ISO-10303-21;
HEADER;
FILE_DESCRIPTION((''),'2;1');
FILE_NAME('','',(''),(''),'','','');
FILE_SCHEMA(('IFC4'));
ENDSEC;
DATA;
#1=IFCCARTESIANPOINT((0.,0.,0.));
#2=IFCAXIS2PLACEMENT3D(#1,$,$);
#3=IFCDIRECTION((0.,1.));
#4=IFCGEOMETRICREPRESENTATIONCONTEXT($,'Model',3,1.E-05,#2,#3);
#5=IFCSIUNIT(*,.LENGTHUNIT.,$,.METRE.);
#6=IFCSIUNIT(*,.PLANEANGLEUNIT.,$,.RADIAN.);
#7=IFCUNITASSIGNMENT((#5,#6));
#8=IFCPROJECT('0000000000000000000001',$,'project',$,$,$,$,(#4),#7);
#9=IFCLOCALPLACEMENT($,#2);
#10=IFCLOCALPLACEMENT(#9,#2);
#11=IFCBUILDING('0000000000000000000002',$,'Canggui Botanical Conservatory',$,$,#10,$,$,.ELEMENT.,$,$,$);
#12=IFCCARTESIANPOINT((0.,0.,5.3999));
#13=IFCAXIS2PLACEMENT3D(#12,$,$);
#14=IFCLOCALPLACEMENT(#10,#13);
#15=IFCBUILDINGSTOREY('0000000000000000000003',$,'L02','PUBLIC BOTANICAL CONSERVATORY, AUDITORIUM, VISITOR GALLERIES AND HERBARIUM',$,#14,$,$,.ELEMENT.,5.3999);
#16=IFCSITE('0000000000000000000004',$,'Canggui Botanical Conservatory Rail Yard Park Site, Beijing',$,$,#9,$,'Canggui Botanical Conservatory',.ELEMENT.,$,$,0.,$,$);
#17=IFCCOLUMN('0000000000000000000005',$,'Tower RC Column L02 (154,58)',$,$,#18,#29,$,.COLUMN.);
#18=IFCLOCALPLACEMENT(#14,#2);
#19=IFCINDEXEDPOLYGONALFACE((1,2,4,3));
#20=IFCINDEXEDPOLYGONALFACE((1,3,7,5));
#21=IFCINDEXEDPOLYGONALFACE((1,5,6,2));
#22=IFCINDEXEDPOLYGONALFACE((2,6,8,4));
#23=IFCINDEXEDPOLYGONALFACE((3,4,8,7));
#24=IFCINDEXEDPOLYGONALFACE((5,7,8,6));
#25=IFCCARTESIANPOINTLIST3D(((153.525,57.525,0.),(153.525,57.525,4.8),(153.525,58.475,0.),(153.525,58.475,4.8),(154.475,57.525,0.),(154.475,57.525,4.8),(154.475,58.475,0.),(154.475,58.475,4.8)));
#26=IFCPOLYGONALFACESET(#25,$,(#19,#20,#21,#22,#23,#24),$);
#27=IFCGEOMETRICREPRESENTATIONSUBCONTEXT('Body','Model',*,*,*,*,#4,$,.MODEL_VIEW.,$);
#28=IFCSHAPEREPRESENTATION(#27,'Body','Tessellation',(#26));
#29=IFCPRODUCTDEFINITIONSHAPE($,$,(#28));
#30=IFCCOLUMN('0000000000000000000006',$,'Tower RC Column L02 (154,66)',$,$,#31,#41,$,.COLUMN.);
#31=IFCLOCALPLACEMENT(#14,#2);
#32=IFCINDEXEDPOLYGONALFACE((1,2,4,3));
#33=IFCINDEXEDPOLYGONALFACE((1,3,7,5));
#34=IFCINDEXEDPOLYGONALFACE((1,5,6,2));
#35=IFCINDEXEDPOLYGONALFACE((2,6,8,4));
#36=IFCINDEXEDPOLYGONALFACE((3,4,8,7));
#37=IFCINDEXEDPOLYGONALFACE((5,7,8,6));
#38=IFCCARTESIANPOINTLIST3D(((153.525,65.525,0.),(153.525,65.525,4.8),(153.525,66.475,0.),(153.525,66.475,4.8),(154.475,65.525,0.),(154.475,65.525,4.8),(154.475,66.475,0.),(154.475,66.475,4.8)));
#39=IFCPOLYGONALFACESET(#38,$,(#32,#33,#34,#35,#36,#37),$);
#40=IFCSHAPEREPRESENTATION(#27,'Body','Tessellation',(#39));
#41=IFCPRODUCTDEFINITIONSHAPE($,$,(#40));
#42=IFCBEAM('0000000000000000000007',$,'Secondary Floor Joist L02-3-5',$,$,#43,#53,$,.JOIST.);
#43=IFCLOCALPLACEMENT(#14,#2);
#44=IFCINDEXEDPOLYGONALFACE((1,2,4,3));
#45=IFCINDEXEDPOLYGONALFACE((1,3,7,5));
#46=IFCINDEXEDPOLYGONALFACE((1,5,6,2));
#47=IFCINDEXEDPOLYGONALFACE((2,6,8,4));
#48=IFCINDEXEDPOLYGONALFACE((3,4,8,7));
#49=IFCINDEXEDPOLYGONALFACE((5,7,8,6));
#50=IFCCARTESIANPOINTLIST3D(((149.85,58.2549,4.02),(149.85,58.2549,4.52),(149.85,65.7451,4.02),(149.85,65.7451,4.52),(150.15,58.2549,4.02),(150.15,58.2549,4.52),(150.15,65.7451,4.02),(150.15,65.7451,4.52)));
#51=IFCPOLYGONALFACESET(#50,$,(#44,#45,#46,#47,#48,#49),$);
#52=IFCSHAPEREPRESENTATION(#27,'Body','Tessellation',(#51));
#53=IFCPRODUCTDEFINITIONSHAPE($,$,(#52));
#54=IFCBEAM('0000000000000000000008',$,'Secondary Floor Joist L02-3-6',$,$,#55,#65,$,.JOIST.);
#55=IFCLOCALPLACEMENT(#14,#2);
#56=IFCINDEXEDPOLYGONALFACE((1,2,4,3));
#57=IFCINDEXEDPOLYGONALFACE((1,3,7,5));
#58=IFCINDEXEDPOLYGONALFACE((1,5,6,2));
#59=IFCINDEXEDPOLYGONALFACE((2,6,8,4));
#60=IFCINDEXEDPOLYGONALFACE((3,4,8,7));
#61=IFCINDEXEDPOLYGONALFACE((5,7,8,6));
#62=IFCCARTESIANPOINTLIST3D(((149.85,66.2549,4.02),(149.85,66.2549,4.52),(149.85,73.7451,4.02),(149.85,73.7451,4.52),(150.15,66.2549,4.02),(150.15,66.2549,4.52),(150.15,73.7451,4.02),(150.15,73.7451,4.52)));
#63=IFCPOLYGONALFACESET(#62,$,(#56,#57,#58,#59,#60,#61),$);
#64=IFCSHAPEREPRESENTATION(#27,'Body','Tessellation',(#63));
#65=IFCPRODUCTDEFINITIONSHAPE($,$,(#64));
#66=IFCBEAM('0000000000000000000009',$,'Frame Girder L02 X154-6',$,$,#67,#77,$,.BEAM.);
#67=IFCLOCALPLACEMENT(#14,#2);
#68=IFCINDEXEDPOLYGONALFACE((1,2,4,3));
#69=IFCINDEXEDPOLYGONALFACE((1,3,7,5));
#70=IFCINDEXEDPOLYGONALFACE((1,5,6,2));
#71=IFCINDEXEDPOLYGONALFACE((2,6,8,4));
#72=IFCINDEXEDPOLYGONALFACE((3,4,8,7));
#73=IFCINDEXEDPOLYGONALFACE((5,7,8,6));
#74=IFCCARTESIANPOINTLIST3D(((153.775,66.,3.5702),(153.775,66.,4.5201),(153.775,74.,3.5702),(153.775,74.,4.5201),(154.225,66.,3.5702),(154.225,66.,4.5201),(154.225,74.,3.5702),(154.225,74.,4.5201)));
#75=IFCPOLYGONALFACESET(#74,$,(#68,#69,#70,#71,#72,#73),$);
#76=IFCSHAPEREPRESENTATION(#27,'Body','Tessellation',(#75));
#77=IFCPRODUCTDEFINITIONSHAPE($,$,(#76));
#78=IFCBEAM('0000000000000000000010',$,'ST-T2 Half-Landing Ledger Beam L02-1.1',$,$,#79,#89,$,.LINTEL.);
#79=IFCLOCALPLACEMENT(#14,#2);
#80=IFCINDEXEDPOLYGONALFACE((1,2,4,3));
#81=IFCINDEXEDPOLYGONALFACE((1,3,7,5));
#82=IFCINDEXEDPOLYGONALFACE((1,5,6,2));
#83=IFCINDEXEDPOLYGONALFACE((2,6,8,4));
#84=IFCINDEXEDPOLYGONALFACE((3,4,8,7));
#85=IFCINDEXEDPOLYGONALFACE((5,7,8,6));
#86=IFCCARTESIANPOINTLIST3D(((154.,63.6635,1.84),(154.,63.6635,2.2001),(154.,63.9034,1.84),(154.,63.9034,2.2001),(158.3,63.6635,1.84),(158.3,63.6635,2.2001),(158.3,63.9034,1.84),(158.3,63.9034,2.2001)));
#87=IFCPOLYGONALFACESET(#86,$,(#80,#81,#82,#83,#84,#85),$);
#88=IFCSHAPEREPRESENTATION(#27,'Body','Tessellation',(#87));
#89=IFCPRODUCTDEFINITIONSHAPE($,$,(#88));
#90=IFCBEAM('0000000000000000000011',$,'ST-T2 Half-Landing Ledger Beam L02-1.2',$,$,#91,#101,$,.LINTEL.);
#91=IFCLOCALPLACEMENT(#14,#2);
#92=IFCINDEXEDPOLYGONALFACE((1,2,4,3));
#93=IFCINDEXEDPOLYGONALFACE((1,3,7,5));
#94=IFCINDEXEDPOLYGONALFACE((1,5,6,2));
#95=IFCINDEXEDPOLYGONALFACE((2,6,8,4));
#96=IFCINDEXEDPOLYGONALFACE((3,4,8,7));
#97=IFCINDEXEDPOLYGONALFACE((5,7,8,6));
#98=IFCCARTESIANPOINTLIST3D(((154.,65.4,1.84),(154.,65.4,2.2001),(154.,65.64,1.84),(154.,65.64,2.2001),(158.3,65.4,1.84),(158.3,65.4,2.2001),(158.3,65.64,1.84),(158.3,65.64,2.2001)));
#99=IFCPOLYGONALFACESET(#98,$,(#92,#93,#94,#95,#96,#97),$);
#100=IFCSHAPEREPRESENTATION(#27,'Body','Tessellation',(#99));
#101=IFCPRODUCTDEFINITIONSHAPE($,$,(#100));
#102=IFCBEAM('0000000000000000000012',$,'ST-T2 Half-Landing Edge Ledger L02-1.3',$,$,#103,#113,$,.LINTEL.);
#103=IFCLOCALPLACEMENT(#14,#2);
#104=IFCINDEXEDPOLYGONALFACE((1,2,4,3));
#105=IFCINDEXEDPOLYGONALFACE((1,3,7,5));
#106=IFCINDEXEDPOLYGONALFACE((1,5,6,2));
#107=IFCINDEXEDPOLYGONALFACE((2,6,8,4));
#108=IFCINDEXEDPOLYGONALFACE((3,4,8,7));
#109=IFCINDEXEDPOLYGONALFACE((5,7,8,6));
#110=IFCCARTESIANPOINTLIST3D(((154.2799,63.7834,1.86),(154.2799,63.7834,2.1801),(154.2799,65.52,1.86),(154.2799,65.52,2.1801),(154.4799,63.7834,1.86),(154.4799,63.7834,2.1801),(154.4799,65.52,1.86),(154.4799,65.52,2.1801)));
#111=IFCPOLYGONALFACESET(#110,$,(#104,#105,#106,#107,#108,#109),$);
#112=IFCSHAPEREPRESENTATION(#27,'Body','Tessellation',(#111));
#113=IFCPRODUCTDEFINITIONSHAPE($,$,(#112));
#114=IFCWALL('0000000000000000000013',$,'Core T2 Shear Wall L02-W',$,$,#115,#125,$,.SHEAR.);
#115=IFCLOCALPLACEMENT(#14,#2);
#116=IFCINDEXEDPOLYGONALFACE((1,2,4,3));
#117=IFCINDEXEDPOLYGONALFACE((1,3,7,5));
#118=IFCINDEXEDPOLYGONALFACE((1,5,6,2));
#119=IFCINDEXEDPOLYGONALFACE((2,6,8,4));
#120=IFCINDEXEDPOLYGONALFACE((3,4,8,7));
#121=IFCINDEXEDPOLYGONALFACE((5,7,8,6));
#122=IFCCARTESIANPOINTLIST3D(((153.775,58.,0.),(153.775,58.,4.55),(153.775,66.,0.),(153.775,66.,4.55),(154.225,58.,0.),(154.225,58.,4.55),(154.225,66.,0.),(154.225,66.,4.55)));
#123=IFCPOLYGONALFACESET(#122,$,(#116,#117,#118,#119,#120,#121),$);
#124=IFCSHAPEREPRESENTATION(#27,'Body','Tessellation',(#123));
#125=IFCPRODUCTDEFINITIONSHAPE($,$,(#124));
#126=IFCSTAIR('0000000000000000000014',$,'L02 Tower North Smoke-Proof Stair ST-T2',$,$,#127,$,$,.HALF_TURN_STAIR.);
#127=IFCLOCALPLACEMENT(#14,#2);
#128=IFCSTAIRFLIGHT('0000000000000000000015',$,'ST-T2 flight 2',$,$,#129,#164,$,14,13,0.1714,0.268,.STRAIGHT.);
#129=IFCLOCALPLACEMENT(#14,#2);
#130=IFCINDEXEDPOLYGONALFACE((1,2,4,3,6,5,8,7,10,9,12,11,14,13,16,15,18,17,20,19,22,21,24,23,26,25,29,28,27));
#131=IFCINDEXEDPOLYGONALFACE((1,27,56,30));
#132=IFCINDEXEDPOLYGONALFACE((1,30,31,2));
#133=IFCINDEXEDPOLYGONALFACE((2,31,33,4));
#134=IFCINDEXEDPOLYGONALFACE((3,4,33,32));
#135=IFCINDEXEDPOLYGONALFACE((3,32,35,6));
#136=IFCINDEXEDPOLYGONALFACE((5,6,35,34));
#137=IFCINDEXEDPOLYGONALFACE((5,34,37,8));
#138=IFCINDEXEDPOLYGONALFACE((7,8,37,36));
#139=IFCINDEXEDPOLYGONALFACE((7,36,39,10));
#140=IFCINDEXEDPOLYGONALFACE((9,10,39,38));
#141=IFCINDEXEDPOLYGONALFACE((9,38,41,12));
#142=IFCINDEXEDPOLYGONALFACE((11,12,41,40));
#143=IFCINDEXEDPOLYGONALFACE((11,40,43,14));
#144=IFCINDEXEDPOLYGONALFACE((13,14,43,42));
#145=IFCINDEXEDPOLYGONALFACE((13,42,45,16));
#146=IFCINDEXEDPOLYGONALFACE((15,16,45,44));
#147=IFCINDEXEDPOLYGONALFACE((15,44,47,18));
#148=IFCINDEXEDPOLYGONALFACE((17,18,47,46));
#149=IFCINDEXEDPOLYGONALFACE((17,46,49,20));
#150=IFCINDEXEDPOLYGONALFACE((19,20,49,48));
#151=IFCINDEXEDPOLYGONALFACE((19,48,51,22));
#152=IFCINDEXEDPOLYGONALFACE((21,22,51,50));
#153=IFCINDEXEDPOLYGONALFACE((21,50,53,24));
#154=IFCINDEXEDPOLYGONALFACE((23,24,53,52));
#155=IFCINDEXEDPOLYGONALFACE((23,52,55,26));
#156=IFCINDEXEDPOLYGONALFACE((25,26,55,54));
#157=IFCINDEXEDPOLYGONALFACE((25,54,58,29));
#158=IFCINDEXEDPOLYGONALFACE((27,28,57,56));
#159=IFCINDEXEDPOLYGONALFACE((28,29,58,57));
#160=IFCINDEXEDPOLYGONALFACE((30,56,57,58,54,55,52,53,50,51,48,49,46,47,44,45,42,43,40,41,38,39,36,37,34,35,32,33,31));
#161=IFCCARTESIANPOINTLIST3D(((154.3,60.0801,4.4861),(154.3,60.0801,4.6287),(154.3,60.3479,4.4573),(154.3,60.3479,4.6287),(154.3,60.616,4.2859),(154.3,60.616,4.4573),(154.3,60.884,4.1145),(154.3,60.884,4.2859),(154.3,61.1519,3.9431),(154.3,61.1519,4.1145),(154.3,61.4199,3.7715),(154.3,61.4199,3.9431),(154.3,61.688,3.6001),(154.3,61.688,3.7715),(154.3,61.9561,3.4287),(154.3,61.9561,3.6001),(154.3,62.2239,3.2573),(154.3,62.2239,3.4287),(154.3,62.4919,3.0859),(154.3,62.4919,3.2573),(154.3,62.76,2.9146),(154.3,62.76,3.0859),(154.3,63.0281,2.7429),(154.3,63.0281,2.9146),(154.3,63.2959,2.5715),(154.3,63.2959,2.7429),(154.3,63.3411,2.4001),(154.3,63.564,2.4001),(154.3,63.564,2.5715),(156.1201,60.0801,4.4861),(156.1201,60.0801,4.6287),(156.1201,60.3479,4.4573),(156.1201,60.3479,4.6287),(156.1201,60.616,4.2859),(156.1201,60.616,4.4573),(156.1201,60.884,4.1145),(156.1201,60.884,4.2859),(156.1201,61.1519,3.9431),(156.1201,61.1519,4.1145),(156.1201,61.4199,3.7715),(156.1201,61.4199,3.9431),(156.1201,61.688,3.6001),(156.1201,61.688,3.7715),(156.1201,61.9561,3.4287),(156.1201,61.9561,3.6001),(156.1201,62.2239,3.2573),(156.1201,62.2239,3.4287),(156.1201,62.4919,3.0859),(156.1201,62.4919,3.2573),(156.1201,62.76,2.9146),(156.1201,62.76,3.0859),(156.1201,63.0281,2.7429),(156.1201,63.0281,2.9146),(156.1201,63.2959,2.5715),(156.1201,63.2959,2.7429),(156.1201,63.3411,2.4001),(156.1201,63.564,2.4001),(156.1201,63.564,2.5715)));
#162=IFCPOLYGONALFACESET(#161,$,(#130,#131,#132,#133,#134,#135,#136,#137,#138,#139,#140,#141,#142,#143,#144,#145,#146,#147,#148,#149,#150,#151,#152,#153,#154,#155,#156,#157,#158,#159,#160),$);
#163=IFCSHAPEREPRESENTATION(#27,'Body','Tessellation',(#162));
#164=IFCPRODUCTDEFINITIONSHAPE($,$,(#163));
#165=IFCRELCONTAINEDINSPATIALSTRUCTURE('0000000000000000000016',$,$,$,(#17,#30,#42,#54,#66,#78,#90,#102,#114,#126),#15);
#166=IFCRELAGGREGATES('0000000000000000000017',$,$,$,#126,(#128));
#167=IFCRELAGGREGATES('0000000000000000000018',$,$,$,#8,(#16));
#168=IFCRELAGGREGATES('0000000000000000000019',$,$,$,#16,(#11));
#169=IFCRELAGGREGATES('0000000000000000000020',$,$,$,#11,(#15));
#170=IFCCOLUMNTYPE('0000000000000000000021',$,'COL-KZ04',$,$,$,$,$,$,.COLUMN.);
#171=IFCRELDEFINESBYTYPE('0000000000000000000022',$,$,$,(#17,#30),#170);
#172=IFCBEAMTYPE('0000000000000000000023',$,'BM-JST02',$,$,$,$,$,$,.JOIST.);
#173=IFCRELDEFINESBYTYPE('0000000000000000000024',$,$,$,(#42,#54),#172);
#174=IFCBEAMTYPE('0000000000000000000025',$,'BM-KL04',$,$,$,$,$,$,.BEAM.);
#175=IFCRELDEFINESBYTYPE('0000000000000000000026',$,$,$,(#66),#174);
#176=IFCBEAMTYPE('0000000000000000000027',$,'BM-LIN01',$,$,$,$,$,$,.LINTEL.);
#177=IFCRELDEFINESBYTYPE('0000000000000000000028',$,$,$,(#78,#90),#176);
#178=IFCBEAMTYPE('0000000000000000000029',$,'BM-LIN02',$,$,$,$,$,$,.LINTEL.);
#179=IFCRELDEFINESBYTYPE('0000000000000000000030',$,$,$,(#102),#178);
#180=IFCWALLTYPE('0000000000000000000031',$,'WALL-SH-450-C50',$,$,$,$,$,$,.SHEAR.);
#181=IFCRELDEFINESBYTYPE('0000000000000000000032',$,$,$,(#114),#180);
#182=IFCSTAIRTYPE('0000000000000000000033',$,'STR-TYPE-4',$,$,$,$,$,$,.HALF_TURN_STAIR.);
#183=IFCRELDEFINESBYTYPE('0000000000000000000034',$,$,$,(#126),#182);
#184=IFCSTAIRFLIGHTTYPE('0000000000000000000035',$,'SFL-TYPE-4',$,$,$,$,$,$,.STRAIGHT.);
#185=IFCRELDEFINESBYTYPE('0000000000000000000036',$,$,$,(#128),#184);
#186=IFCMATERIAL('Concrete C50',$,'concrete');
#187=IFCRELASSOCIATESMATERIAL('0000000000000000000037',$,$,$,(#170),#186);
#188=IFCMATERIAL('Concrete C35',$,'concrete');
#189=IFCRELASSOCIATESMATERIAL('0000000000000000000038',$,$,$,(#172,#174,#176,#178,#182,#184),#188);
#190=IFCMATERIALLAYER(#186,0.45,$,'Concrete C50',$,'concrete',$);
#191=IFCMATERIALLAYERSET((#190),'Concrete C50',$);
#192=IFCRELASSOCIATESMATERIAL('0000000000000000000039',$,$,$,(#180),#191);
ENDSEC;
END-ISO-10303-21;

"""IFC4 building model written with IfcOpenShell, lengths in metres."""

from ifc_helpers import new_model, si_unit, direction, frame, frame_2d, origin, origin_2d, place, context, subcontext, project, spatial, polyline, rectangle, outline, extrude, material, layer, layer_set, material_profile, profile_set, type_object, element, aggregate, save


model = new_model("IFC4")

# Units and contexts
model_context = context("Model", 3, precision=1e-05, world=origin(), true_north=direction((0.0, 1.0)))
body_context = subcontext(model_context, "Body", "Model", "MODEL_VIEW")
ifc_project = project(units=[si_unit("LENGTHUNIT", "METRE"), si_unit("PLANEANGLEUNIT", "RADIAN")], contexts=[model_context])

# Site, building, storey
site_placement = place(None, origin())
site = spatial("IfcSite", under=ifc_project, at=site_placement, Name="Canggui Botanical Conservatory Rail Yard Park Site, Beijing", LongName="Canggui Botanical Conservatory", CompositionType="ELEMENT", RefElevation=0.0)
building_placement = place(site_placement, origin())
building = spatial("IfcBuilding", under=site, at=building_placement, Name="Canggui Botanical Conservatory", CompositionType="ELEMENT")
storey_placement = place(building_placement, frame((0.0, 0.0, 5.3999)))
storey = spatial("IfcBuildingStorey", under=building, at=storey_placement, Name="L02", Description="PUBLIC BOTANICAL CONSERVATORY, AUDITORIUM, VISITOR GALLERIES AND HERBARIUM", CompositionType="ELEMENT", Elevation=5.3999)

# Columns
ifc_material_1 = material(Name="Concrete C50", Category="concrete")
ifc_material_profile_1 = material_profile(ifc_material_1, rectangle(XDim=0.95, YDim=0.95, at=origin_2d()), Name="RC 950x950")
ifc_profile_set_1 = profile_set([ifc_material_profile_1], Name="Concrete C50")
column_type = type_object("IfcColumnType", Name="COL-KZ04", PredefinedType="COLUMN", material=ifc_profile_set_1)
for number, where, z_axis, x_axis, name in (
    (1, (154.0, 58.0, 0.0), (0.0, 0.0, 1.0), (1.0, 0.0, 0.0), "Tower RC Column L02 (154,58)"),
    (2, (154.0, 66.0, 0.0), (0.0, 0.0, 1.0), (1.0, 0.0, 0.0), "Tower RC Column L02 (154,66)"),
):
    element("IfcColumn", number, at=place(storey_placement, frame(where, z_axis=z_axis, x_axis=x_axis)), inside=storey, type_object=column_type, Name=name, PredefinedType="COLUMN", context=body_context, shape_type="SweptSolid", body=[
        extrude(rectangle(XDim=0.95, YDim=0.95, at=origin_2d()), origin(), (0.0, 0.0, 1.0), 4.8),
    ])

# Beams
ifc_material_2 = material(Name="Concrete C35", Category="concrete")
ifc_material_profile_2 = material_profile(ifc_material_2, rectangle(XDim=0.3, YDim=0.5, at=origin_2d()), Name="RB 300x500")
ifc_profile_set_2 = profile_set([ifc_material_profile_2], Name="Concrete C35")
beam_type_1 = type_object("IfcBeamType", Name="BM-JST02", PredefinedType="JOIST", material=ifc_profile_set_2)
for number, where, z_axis, x_axis, name in (
    (3, (150.0, 58.2549, 4.27), (0.0, 1.0, 0.0), (-1.0, 0.0, 0.0), "Secondary Floor Joist L02-3-5"),
    (4, (150.0, 66.2549, 4.27), (0.0, 1.0, 0.0), (-1.0, 0.0, 0.0), "Secondary Floor Joist L02-3-6"),
):
    element("IfcBeam", number, at=place(storey_placement, frame(where, z_axis=z_axis, x_axis=x_axis)), inside=storey, type_object=beam_type_1, Name=name, PredefinedType="JOIST", context=body_context, shape_type="SweptSolid", body=[
        extrude(rectangle(XDim=0.3, YDim=0.5, at=origin_2d()), origin(), (0.0, 0.0, 1.0), 7.4902),
    ])
ifc_material_profile_3 = material_profile(ifc_material_2, rectangle(XDim=0.45, YDim=0.95, at=origin_2d()), Name="RB 450x950")
ifc_profile_set_3 = profile_set([ifc_material_profile_3], Name="Concrete C35")
beam_type_2 = type_object("IfcBeamType", Name="BM-KL04", PredefinedType="BEAM", material=ifc_profile_set_3)
beam_1_placement = place(storey_placement, frame((154.0, 66.0, 4.0452), z_axis=(0.0, 1.0, 0.0), x_axis=(-1.0, 0.0, 0.0)))
element("IfcBeam", 5, at=beam_1_placement, inside=storey, type_object=beam_type_2, Name="Frame Girder L02 X154-6", PredefinedType="BEAM", context=body_context, shape_type="SweptSolid", body=[
    extrude(rectangle(XDim=0.45, YDim=0.95, at=origin_2d()), origin(), (0.0, 0.0, 1.0), 8.0),
])
ifc_material_profile_4 = material_profile(ifc_material_2, rectangle(XDim=0.24, YDim=0.3601, at=origin_2d()), Name="RB 240x360")
ifc_profile_set_4 = profile_set([ifc_material_profile_4], Name="Concrete C35")
beam_type_3 = type_object("IfcBeamType", Name="BM-LIN01", PredefinedType="LINTEL", material=ifc_profile_set_4)
for number, where, z_axis, x_axis, name in (
    (6, (154.0, 63.7834, 2.02), (1.0, 0.0, 0.0), (0.0, 1.0, 0.0), "ST-T2 Half-Landing Ledger Beam L02-1.1"),
    (7, (154.0, 65.52, 2.02), (1.0, 0.0, 0.0), (0.0, 1.0, 0.0), "ST-T2 Half-Landing Ledger Beam L02-1.2"),
):
    element("IfcBeam", number, at=place(storey_placement, frame(where, z_axis=z_axis, x_axis=x_axis)), inside=storey, type_object=beam_type_3, Name=name, PredefinedType="LINTEL", context=body_context, shape_type="SweptSolid", body=[
        extrude(rectangle(XDim=0.24, YDim=0.3601, at=origin_2d()), origin(), (0.0, 0.0, 1.0), 4.3),
    ])
ifc_material_profile_5 = material_profile(ifc_material_2, rectangle(XDim=0.2, YDim=0.3201, at=origin_2d()), Name="RB 200x320")
ifc_profile_set_5 = profile_set([ifc_material_profile_5], Name="Concrete C35")
beam_type_4 = type_object("IfcBeamType", Name="BM-LIN02", PredefinedType="LINTEL", material=ifc_profile_set_5)
beam_2_placement = place(storey_placement, frame((154.3799, 63.7834, 2.02), z_axis=(0.0, 1.0, 0.0), x_axis=(-1.0, 0.0, 0.0)))
element("IfcBeam", 8, at=beam_2_placement, inside=storey, type_object=beam_type_4, Name="ST-T2 Half-Landing Edge Ledger L02-1.3", PredefinedType="LINTEL", context=body_context, shape_type="SweptSolid", body=[
    extrude(rectangle(XDim=0.2, YDim=0.3201, at=origin_2d()), origin(), (0.0, 0.0, 1.0), 1.7366),
])

# Shared definitions
ifc_layer = layer(ifc_material_1, 0.45, Name="Concrete C50", Category="concrete")
ifc_layer_set = layer_set([ifc_layer], Name="Concrete C50")
wall_type = type_object("IfcWallType", Name="WALL-SH-450-C50", PredefinedType="SHEAR", material=ifc_layer_set)

# Wall
wall_1_placement = place(storey_placement, frame((154.0, 66.0, 0.0), z_axis=(0.0, 0.0, 1.0), x_axis=(0.0, -1.0, 0.0)))
element("IfcWall", 9, at=wall_1_placement, inside=storey, type_object=wall_type, Name="Core T2 Shear Wall L02-W", PredefinedType="SHEAR", context=body_context, shape_type="SweptSolid", body=[
    extrude(rectangle(XDim=8.0, YDim=0.45, at=frame_2d((4.0, 0.0))), origin(), (0.0, 0.0, 1.0), 4.55),
])

# Stair, stair flight
stair_type = type_object("IfcStairType", Name="STR-TYPE-4", PredefinedType="HALF_TURN_STAIR", material=ifc_material_2)
stair_placement = place(storey_placement, origin())
stair = element("IfcStair", 10, at=stair_placement, inside=storey, type_object=stair_type, Name="L02 Tower North Smoke-Proof Stair ST-T2", PredefinedType="HALF_TURN_STAIR")
stair_flight_type = type_object("IfcStairFlightType", Name="SFL-TYPE-4", PredefinedType="STRAIGHT", material=ifc_material_2)
stair_flight_placement = place(storey_placement, frame((155.21, 63.564, 2.4001), z_axis=(0.0, 0.0, 1.0), x_axis=(0.0, -1.0, 0.0)))
stair_flight = element("IfcStairFlight", 11, at=stair_flight_placement, type_object=stair_flight_type, Name="ST-T2 flight 2", NumberOfRisers=14, NumberOfTreads=13, PredefinedType="STRAIGHT", RiserHeight=0.1714, TreadLength=0.268, context=body_context, shape_type="SweptSolid", body=[
    extrude(outline(polyline([(0.0, 0.0), (0.0, 0.1714), (0.2681, 0.1714), (0.2681, 0.3428), (0.5359, 0.3428), (0.5359, 0.5144), (0.804, 0.5144), (0.804, 0.6858), (1.072, 0.6858), (1.072, 0.8572), (1.3401, 0.8572), (1.3401, 1.0286), (1.6079, 1.0286), (1.6079, 1.2), (1.876, 1.2), (1.876, 1.3713), (2.144, 1.3713), (2.144, 1.543), (2.4121, 1.543), (2.4121, 1.7144), (2.6799, 1.7144), (2.6799, 1.8857), (2.948, 1.8857), (2.948, 2.0571), (3.2161, 2.0571), (3.2161, 2.2285), (3.4839, 2.2285), (3.4839, 2.3999), (3.4839, 2.0859), (0.2229, 0.0), (0.0, 0.0)])), frame((0.0, 0.9102, 0.0), z_axis=(0.0, -1.0, 0.0), x_axis=(1.0, 0.0, 0.0)), (0.0, 0.0, 1.0), 1.8201),
])
aggregate(stair, [stair_flight])

save(model, "model.ifc")
